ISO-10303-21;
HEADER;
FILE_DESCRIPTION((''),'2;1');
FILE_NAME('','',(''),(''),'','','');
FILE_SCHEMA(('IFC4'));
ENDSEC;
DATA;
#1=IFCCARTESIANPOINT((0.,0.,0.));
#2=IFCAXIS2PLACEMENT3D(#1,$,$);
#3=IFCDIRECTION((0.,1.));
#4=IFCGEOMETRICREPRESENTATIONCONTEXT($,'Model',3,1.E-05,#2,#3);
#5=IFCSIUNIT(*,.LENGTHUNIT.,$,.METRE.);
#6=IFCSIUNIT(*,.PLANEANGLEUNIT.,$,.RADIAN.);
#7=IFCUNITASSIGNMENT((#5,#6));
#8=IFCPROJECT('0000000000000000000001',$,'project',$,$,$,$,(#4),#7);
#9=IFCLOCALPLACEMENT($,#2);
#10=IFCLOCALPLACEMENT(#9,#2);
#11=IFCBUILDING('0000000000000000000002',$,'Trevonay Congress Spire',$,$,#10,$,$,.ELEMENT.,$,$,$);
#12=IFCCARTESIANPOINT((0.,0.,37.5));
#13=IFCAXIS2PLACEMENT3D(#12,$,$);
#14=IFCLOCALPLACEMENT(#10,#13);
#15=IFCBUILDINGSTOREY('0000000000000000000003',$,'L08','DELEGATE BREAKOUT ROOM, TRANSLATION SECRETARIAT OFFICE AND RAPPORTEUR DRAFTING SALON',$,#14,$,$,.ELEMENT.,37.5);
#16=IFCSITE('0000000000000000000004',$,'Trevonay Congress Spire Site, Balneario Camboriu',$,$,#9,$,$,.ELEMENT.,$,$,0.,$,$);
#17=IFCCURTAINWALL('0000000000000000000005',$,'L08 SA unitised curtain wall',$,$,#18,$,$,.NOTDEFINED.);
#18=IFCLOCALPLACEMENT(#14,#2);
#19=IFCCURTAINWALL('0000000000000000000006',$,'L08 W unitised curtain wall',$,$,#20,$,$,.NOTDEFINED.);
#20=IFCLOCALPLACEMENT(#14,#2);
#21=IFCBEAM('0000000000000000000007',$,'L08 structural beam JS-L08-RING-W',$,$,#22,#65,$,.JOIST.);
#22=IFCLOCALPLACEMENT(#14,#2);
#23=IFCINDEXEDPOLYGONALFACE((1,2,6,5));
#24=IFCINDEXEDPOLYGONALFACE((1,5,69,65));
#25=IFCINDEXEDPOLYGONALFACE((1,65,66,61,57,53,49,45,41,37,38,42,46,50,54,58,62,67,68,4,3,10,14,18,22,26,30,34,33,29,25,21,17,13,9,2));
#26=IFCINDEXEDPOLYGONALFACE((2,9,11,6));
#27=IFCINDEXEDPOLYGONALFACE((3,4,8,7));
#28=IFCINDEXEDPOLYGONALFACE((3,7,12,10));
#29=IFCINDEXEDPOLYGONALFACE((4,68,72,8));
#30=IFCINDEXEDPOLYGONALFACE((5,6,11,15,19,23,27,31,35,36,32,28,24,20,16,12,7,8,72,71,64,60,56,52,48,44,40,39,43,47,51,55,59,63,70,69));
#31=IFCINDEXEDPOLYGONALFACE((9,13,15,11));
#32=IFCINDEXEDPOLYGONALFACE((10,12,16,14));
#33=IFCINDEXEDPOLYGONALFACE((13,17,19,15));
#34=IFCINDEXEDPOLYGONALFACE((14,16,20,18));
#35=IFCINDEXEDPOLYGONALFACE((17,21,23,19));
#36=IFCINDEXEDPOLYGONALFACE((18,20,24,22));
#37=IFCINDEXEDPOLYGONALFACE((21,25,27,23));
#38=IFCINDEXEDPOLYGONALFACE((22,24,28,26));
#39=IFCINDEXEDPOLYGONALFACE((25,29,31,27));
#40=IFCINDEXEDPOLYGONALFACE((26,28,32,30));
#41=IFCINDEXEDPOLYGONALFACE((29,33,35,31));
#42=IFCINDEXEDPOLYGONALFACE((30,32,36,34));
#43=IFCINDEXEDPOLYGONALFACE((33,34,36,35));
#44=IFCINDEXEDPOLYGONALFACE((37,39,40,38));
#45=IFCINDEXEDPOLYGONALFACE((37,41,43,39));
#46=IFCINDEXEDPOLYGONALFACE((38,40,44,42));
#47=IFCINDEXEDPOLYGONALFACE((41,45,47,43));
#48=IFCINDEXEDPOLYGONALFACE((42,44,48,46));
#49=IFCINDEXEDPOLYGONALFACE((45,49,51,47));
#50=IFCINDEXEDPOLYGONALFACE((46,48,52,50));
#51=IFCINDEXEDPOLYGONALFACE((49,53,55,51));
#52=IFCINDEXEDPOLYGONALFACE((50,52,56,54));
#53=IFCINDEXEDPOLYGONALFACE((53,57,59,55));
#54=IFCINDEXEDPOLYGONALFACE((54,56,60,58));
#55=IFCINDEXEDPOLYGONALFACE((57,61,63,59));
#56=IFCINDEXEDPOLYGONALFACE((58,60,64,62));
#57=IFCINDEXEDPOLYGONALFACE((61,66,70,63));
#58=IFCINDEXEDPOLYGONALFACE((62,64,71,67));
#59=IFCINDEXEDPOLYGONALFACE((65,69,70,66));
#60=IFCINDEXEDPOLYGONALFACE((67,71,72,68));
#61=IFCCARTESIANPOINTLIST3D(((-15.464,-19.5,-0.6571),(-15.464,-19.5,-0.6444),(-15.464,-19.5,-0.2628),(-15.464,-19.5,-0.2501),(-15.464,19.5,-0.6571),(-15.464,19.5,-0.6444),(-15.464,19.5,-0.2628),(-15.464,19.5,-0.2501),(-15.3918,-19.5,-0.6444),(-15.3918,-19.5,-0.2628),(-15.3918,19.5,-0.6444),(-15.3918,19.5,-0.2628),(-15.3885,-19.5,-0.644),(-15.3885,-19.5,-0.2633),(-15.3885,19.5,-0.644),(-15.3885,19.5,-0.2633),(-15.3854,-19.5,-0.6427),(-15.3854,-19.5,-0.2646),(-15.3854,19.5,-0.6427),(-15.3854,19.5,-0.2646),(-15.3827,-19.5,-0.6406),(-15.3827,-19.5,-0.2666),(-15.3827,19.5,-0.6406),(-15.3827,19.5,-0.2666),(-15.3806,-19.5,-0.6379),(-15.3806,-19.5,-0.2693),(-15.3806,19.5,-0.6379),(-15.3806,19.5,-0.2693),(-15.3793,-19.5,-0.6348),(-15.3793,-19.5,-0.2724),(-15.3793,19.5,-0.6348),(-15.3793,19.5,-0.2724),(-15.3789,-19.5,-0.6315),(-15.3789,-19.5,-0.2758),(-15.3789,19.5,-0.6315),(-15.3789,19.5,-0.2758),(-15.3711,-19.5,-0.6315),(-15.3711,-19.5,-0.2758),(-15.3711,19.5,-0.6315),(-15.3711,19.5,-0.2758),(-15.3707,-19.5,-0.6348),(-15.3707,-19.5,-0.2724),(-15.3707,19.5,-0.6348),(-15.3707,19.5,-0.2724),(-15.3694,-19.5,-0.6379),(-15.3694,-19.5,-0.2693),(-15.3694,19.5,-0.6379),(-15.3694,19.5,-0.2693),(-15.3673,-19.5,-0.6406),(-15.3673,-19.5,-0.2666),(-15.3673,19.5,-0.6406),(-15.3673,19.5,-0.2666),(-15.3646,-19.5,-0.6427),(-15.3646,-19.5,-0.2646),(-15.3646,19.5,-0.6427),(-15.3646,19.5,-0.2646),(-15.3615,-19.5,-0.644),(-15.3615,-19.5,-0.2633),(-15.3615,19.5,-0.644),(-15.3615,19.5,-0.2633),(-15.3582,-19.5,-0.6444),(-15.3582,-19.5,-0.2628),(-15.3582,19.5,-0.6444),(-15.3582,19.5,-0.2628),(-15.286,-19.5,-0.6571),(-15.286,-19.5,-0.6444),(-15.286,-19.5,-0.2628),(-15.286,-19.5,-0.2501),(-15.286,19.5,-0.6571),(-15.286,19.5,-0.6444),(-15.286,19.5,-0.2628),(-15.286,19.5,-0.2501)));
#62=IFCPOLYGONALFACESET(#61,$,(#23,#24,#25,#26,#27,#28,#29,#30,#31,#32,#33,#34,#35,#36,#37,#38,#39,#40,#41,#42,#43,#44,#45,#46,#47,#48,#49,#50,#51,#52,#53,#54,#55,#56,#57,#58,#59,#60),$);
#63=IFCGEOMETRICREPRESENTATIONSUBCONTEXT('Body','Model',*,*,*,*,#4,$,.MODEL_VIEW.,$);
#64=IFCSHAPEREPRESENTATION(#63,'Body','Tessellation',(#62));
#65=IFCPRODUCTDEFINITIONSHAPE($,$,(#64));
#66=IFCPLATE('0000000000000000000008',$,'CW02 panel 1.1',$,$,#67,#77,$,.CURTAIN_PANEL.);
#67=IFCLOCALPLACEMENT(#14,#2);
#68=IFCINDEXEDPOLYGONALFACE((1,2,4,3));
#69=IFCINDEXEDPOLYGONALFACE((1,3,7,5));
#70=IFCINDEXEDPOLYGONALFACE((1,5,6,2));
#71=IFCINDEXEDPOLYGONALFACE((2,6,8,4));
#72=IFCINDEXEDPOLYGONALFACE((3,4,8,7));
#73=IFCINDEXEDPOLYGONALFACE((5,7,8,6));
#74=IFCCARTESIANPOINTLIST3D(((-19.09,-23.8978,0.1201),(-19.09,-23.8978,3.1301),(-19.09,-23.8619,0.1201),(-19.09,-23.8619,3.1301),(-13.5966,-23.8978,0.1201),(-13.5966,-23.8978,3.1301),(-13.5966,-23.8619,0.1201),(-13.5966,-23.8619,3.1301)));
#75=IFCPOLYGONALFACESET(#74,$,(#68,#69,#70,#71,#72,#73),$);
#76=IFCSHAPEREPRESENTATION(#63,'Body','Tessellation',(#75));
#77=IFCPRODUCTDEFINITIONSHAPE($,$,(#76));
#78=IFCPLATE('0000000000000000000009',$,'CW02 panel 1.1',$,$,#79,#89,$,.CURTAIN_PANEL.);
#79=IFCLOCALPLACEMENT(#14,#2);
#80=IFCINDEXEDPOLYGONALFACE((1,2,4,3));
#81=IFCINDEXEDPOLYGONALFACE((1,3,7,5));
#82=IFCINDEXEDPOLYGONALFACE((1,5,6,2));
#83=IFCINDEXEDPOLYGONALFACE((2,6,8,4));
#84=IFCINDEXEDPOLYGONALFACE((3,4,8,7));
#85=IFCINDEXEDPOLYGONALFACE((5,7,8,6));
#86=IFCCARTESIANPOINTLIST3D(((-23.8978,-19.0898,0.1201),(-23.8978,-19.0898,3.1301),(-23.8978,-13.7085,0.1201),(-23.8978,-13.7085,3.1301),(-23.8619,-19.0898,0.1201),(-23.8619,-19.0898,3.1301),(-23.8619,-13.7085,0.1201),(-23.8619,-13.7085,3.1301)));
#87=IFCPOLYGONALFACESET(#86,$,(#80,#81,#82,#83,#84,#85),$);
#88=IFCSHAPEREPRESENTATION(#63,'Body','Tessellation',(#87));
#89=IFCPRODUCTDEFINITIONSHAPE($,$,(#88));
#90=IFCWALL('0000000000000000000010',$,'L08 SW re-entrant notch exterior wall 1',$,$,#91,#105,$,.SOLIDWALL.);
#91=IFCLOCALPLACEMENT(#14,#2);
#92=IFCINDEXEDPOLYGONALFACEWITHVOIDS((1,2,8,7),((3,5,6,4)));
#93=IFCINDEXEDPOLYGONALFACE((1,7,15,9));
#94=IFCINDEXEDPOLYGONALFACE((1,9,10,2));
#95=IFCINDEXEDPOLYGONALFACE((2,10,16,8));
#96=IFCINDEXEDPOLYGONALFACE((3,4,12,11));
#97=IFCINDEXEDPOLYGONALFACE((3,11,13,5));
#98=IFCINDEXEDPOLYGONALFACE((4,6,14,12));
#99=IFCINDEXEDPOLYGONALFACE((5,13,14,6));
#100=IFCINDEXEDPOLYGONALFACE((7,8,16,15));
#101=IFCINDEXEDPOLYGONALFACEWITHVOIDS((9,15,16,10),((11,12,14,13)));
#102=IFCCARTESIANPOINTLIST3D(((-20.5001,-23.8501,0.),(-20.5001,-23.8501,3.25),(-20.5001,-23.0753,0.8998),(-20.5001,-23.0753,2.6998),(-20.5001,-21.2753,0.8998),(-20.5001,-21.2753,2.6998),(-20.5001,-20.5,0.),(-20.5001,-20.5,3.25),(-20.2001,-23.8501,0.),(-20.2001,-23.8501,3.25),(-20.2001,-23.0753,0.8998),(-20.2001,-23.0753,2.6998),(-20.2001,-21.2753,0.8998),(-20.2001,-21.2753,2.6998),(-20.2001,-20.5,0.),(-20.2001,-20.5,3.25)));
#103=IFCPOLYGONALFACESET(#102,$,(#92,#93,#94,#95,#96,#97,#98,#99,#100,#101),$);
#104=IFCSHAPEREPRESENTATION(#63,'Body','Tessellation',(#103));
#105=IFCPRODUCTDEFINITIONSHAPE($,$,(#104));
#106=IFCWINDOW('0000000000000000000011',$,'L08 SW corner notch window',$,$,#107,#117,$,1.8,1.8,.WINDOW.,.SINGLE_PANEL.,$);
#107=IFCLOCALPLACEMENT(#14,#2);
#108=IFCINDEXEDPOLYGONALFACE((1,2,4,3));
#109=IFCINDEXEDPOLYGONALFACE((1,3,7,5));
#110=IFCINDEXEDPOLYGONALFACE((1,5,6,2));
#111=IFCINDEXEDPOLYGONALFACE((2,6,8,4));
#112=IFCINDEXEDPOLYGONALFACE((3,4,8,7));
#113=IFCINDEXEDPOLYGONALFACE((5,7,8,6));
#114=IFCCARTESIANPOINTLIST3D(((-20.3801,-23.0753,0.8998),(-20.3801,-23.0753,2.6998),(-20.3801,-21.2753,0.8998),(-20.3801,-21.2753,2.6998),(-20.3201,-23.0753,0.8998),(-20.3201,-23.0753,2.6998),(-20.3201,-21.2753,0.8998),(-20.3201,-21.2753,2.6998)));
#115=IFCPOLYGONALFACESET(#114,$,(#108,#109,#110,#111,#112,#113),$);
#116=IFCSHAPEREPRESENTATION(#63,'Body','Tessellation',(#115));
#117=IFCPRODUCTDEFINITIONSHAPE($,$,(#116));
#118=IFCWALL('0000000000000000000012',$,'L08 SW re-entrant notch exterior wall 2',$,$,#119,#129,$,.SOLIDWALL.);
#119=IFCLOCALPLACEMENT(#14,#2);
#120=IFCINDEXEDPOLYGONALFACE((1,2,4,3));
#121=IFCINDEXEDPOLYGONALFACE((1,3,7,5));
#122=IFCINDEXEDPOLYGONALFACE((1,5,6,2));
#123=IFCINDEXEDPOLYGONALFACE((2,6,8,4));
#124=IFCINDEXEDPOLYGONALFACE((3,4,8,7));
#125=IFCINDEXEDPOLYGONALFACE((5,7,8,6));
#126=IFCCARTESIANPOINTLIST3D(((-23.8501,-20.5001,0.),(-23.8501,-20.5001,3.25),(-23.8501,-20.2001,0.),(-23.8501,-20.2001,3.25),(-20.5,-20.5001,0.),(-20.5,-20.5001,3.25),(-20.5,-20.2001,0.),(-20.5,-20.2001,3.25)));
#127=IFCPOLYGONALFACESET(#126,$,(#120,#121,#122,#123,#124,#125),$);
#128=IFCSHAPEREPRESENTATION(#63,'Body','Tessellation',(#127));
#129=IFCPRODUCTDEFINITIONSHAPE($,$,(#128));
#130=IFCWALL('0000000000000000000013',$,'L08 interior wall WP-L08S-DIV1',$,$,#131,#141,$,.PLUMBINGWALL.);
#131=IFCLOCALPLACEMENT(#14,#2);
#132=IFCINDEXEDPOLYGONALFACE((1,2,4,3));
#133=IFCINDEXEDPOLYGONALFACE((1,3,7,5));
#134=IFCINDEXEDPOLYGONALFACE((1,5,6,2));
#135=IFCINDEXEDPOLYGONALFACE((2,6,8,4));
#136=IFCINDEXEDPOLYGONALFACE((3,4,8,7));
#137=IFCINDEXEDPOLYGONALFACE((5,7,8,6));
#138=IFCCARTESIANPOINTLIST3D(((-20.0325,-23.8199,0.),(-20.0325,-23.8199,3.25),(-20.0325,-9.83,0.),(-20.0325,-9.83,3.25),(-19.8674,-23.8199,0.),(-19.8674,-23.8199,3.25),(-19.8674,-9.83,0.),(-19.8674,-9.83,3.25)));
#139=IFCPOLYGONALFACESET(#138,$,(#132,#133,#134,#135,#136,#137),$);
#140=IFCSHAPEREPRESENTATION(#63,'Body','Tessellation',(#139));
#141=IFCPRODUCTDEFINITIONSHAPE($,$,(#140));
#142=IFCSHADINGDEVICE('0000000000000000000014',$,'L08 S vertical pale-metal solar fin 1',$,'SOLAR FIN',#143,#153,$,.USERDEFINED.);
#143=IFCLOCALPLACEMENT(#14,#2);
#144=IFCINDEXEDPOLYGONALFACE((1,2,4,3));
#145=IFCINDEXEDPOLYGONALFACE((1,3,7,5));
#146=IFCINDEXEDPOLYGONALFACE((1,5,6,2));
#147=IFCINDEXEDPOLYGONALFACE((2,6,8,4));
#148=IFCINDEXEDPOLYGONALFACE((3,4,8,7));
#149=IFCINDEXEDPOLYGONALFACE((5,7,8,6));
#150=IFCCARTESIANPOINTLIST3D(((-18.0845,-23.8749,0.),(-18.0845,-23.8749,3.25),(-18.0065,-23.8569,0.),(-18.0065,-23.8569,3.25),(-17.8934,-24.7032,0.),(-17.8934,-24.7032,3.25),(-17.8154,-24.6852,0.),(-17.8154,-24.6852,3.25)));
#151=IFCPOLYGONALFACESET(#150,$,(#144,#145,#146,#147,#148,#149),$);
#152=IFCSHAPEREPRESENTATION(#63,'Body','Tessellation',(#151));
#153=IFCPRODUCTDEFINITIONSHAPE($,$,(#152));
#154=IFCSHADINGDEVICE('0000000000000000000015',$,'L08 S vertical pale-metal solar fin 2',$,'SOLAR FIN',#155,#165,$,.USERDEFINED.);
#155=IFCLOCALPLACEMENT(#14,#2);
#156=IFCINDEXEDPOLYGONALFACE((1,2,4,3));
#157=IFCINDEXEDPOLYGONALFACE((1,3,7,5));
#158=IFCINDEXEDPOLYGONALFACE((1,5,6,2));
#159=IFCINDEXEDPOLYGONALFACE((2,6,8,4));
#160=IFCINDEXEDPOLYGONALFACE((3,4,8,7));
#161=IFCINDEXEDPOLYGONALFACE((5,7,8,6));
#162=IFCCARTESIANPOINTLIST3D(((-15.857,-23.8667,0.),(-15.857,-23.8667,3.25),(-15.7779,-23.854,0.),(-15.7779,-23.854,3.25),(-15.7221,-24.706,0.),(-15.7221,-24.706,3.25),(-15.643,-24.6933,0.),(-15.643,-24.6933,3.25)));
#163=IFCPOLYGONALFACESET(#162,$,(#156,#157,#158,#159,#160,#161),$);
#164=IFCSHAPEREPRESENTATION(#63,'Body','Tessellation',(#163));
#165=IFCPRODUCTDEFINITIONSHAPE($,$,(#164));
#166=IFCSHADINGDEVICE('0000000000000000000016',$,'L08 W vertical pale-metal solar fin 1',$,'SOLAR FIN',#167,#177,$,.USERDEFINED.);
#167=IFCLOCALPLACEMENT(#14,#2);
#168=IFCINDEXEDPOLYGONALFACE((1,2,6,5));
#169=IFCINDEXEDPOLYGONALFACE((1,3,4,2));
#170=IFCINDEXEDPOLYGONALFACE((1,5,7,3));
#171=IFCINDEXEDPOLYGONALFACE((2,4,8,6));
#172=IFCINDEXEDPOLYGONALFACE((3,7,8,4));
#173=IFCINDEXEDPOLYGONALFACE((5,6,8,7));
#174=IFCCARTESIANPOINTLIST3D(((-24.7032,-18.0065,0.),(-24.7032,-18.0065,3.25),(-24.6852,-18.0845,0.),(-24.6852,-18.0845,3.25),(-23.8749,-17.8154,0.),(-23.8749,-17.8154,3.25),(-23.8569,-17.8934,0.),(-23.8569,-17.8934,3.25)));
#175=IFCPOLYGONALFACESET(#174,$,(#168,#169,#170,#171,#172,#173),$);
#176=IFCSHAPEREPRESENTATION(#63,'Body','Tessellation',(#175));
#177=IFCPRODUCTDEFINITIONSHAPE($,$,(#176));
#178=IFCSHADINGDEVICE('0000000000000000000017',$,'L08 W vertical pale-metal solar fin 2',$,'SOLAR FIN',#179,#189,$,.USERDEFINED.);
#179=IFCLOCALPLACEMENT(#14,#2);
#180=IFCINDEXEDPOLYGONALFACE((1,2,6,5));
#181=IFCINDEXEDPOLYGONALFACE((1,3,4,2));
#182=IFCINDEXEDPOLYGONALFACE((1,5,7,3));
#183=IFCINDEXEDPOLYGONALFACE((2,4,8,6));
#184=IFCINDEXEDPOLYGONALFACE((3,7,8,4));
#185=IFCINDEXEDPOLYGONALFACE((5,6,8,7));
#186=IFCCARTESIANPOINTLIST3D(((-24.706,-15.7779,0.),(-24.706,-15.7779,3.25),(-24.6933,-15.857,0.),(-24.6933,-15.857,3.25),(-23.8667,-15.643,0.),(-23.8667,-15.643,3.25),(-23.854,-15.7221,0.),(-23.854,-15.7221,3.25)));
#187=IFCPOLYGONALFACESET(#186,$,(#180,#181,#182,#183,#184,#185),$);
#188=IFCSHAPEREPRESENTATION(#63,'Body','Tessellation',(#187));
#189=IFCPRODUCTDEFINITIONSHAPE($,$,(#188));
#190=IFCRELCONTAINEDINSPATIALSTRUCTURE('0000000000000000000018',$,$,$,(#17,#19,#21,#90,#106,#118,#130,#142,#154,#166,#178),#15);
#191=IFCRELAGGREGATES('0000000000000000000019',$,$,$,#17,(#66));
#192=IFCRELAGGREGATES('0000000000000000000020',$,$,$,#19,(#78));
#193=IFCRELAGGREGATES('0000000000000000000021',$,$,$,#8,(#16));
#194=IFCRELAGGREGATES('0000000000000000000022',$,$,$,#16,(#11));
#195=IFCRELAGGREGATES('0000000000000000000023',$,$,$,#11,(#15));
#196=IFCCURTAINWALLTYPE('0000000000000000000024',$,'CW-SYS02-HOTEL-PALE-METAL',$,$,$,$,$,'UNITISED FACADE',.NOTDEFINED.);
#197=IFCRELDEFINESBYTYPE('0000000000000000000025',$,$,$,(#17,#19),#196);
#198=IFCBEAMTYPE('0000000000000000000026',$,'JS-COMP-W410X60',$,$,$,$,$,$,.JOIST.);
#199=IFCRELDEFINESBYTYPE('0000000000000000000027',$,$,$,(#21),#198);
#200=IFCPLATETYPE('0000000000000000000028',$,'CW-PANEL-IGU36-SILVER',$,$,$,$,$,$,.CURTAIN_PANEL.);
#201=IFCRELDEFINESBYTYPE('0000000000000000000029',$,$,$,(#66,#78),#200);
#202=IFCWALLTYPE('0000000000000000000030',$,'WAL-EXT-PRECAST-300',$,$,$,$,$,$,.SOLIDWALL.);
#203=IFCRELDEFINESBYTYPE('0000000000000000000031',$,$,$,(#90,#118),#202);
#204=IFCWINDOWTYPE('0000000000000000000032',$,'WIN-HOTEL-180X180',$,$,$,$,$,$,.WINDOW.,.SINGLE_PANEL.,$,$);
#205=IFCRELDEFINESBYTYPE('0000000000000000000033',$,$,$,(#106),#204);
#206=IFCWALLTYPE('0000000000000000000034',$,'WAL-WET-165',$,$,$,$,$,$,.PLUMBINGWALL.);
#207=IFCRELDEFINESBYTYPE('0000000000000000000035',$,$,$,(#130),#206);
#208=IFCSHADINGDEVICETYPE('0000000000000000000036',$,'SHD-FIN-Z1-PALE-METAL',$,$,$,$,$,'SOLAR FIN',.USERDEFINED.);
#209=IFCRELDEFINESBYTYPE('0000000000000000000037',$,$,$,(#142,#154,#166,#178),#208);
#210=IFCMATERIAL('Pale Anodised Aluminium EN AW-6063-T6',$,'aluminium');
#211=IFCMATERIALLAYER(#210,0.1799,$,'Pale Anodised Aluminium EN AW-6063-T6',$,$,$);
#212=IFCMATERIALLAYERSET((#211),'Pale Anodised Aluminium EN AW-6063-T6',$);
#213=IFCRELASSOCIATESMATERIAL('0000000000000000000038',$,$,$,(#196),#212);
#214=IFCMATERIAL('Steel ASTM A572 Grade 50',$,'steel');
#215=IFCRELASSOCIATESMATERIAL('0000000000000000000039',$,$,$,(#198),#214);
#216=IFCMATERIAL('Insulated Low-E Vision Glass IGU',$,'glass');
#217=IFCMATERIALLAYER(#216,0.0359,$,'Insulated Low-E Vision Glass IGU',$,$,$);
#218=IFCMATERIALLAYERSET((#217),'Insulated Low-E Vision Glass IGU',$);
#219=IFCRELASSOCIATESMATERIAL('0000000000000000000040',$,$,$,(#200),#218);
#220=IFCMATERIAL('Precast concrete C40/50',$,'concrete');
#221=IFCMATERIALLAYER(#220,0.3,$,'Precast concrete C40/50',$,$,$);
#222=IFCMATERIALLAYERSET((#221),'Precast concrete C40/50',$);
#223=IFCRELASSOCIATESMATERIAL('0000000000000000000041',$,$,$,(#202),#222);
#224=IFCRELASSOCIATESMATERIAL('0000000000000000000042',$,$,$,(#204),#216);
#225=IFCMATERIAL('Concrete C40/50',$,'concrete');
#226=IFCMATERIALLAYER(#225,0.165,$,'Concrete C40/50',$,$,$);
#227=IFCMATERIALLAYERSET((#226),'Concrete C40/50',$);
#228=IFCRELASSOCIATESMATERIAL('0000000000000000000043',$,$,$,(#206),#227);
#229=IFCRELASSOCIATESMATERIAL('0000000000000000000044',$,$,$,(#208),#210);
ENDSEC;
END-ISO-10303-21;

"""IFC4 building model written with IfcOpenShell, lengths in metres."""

from ifc_helpers import new_model, si_unit, direction, frame, frame_2d, origin, origin_2d, place, context, subcontext, project, spatial, rectangle, i_section, extrude, material, layer, layer_set, material_profile, profile_set, type_object, element, fill, aggregate, save


model = new_model("IFC4")

# Units and contexts
model_context = context("Model", 3, precision=1e-05, world=origin(), true_north=direction((0.0, 1.0)))
body_context = subcontext(model_context, "Body", "Model", "MODEL_VIEW")
ifc_project = project(units=[si_unit("LENGTHUNIT", "METRE"), si_unit("PLANEANGLEUNIT", "RADIAN")], contexts=[model_context])

# Site, building, storey
site_placement = place(None, origin())
site = spatial("IfcSite", under=ifc_project, at=site_placement, Name="Trevonay Congress Spire Site, Balneario Camboriu", CompositionType="ELEMENT", RefElevation=0.0)
building_placement = place(site_placement, origin())
building = spatial("IfcBuilding", under=site, at=building_placement, Name="Trevonay Congress Spire", CompositionType="ELEMENT")
storey_placement = place(building_placement, frame((0.0, 0.0, 37.5)))
storey = spatial("IfcBuildingStorey", under=building, at=storey_placement, Name="L08", Description="DELEGATE BREAKOUT ROOM, TRANSLATION SECRETARIAT OFFICE AND RAPPORTEUR DRAFTING SALON", CompositionType="ELEMENT", Elevation=37.5)

# Shared definitions
ifc_material_1 = material(Name="Steel ASTM A572 Grade 50", Category="steel")

# Curtain wall
ifc_material_2 = material(Name="Pale Anodised Aluminium EN AW-6063-T6", Category="aluminium")
ifc_layer_1 = layer(ifc_material_2, 0.1799, Name="Pale Anodised Aluminium EN AW-6063-T6")
ifc_layer_set_1 = layer_set([ifc_layer_1], Name="Pale Anodised Aluminium EN AW-6063-T6")
curtain_wall_type = type_object("IfcCurtainWallType", Name="CW-SYS02-HOTEL-PALE-METAL", ElementType="UNITISED FACADE", PredefinedType="NOTDEFINED", material=ifc_layer_set_1)
curtain_wall_1_placement = place(storey_placement, origin())
curtain_wall_1 = element("IfcCurtainWall", 1, at=curtain_wall_1_placement, inside=storey, type_object=curtain_wall_type, Name="L08 SA unitised curtain wall", PredefinedType="NOTDEFINED")

# Curtain wall
curtain_wall_2_placement = place(storey_placement, origin())
curtain_wall_2 = element("IfcCurtainWall", 2, at=curtain_wall_2_placement, inside=storey, type_object=curtain_wall_type, Name="L08 W unitised curtain wall", PredefinedType="NOTDEFINED")

# Beam
ifc_material_profile_1 = material_profile(ifc_material_1, i_section(OverallWidth=0.178, OverallDepth=0.407, WebThickness=0.0078, FlangeThickness=0.0127, FilletRadius=0.0129, at=origin_2d()), Name="W410x60")
ifc_profile_set_1 = profile_set([ifc_material_profile_1], Name="Steel ASTM A572 Grade 50")
beam_type_1 = type_object("IfcBeamType", Name="JS-COMP-W410X60", PredefinedType="JOIST", material=ifc_profile_set_1)
for number, where, z_axis, x_axis, name in (
    (3, (-15.375, -19.5, -0.4536), (0.0, 1.0, 0.0), (-1.0, 0.0, 0.0), "L08 structural beam JS-L08-RING-W"),
):
    element("IfcBeam", number, at=place(storey_placement, frame(where, z_axis=z_axis, x_axis=x_axis)), inside=storey, type_object=beam_type_1, Name=name, PredefinedType="JOIST", context=body_context, shape_type="SweptSolid", body=[
        extrude(i_section(OverallWidth=0.178, OverallDepth=0.407, WebThickness=0.0078, FlangeThickness=0.0127, FilletRadius=0.0129, at=origin_2d()), origin(), (0.0, 0.0, 1.0), 39.0),
    ])

# Plates
ifc_material_3 = material(Name="Insulated Low-E Vision Glass IGU", Category="glass")
ifc_layer_2 = layer(ifc_material_3, 0.0359, Name="Insulated Low-E Vision Glass IGU")
ifc_layer_set_2 = layer_set([ifc_layer_2], Name="Insulated Low-E Vision Glass IGU")
plate_type = type_object("IfcPlateType", Name="CW-PANEL-IGU36-SILVER", PredefinedType="CURTAIN_PANEL", material=ifc_layer_set_2)
plate_1_placement = place(storey_placement, frame((-16.3433, -23.8799, 0.1201), z_axis=(0.0, 0.0, 1.0), x_axis=(1.0, 0.0, 0.0)))
plate_1 = element("IfcPlate", 4, at=plate_1_placement, type_object=plate_type, Name="CW02 panel 1.1", PredefinedType="CURTAIN_PANEL", context=body_context, shape_type="SweptSolid", body=[
    extrude(rectangle(XDim=5.4934, YDim=0.0359, at=origin_2d()), origin(), (0.0, 0.0, 1.0), 3.01),
])
aggregate(curtain_wall_1, [plate_1])
plate_2_placement = place(storey_placement, frame((-23.8799, -16.3992, 0.1201), z_axis=(0.0, 0.0, 1.0), x_axis=(0.0, 1.0, 0.0)))
plate_2 = element("IfcPlate", 5, at=plate_2_placement, type_object=plate_type, Name="CW02 panel 1.1", PredefinedType="CURTAIN_PANEL", context=body_context, shape_type="SweptSolid", body=[
    extrude(rectangle(XDim=5.3813, YDim=0.0359, at=origin_2d()), origin(), (0.0, 0.0, 1.0), 3.01),
])
aggregate(curtain_wall_2, [plate_2])

# Wall, opening, window
ifc_material_4 = material(Name="Precast concrete C40/50", Category="concrete")
ifc_layer_3 = layer(ifc_material_4, 0.3, Name="Precast concrete C40/50")
ifc_layer_set_3 = layer_set([ifc_layer_3], Name="Precast concrete C40/50")
wall_type_1 = type_object("IfcWallType", Name="WAL-EXT-PRECAST-300", PredefinedType="SOLIDWALL", material=ifc_layer_set_3)
wall_1_placement = place(storey_placement, frame((-20.3501, -23.8501, 0.0), z_axis=(0.0, 0.0, 1.0), x_axis=(0.0, 1.0, 0.0)))
wall_1 = element("IfcWall", 6, at=wall_1_placement, inside=storey, type_object=wall_type_1, Name="L08 SW re-entrant notch exterior wall 1", PredefinedType="SOLIDWALL", context=body_context, shape_type="SweptSolid", body=[
    extrude(rectangle(XDim=3.3501, YDim=0.3, at=frame_2d((1.675, 0.0))), origin(), (0.0, 0.0, 1.0), 3.25),
])
opening_placement = place(wall_1_placement, frame((0.7749, 0.0, 0.8999)))
opening = element("IfcOpeningElement", 7, at=opening_placement, cuts=wall_1, PredefinedType="OPENING", context=body_context, shape_type="SweptSolid", body=[
    extrude(rectangle(XDim=1.8, YDim=1.8, at=frame_2d((0.8999, 0.8999))), frame((0.0, 0.1602, 0.0), z_axis=(0.0, -1.0, 0.0), x_axis=(1.0, 0.0, 0.0)), (0.0, 0.0, 1.0), 0.3201),
])
window_type = type_object("IfcWindowType", Name="WIN-HOTEL-180X180", PartitioningType="SINGLE_PANEL", PredefinedType="WINDOW", material=ifc_material_3)
window_placement = place(opening_placement, origin())
window = element("IfcWindow", 8, at=window_placement, inside=storey, type_object=window_type, Name="L08 SW corner notch window", OverallHeight=1.8, OverallWidth=1.8, PartitioningType="SINGLE_PANEL", PredefinedType="WINDOW", context=body_context, shape_type="SweptSolid", body=[
    extrude(rectangle(XDim=1.8, YDim=1.8, at=frame_2d((0.8999, 0.8999))), frame((0.0, 0.03, 0.0), z_axis=(0.0, -1.0, 0.0), x_axis=(1.0, 0.0, 0.0)), (0.0, 0.0, 1.0), 0.0601),
])
fill(opening, window)

# Walls
wall_2_placement = place(storey_placement, frame((-23.8501, -20.3501, 0.0), z_axis=(0.0, 0.0, 1.0), x_axis=(1.0, 0.0, 0.0)))
element("IfcWall", 9, at=wall_2_placement, inside=storey, type_object=wall_type_1, Name="L08 SW re-entrant notch exterior wall 2", PredefinedType="SOLIDWALL", context=body_context, shape_type="SweptSolid", body=[
    extrude(rectangle(XDim=3.3501, YDim=0.3, at=frame_2d((1.675, 0.0))), origin(), (0.0, 0.0, 1.0), 3.25),
])
ifc_material_5 = material(Name="Concrete C40/50", Category="concrete")
ifc_layer_4 = layer(ifc_material_5, 0.165, Name="Concrete C40/50")
ifc_layer_set_4 = layer_set([ifc_layer_4], Name="Concrete C40/50")
wall_type_2 = type_object("IfcWallType", Name="WAL-WET-165", PredefinedType="PLUMBINGWALL", material=ifc_layer_set_4)
wall_3_placement = place(storey_placement, frame((-19.95, -23.8201, 0.0), z_axis=(0.0, 0.0, 1.0), x_axis=(0.0, 1.0, 0.0)))
element("IfcWall", 10, at=wall_3_placement, inside=storey, type_object=wall_type_2, Name="L08 interior wall WP-L08S-DIV1", PredefinedType="PLUMBINGWALL", context=body_context, shape_type="SweptSolid", body=[
    extrude(rectangle(XDim=13.99, YDim=0.165, at=frame_2d((6.9951, 0.0))), origin(), (0.0, 0.0, 1.0), 3.25),
])

# Shading devices
shading_device_type = type_object("IfcShadingDeviceType", Name="SHD-FIN-Z1-PALE-METAL", ElementType="SOLAR FIN", PredefinedType="USERDEFINED", material=ifc_material_2)
for number, where, z_axis, x_axis, name in (
    (11, (-17.95, -24.28, 0.0), (0.0, 0.0, 1.0), (0.974409, 0.224781, 0.0), "L08 S vertical pale-metal solar fin 1"),
    (12, (-15.75, -24.28, 0.0), (0.0, 0.0, 1.0), (0.987331, 0.158675, 0.0), "L08 S vertical pale-metal solar fin 2"),
    (13, (-24.28, -17.95, 0.0), (0.0, 0.0, 1.0), (-0.224781, 0.974409, 0.0), "L08 W vertical pale-metal solar fin 1"),
    (14, (-24.28, -15.75, 0.0), (0.0, 0.0, 1.0), (-0.158675, 0.987331, 0.0), "L08 W vertical pale-metal solar fin 2"),
):
    element("IfcShadingDevice", number, at=place(storey_placement, frame(where, z_axis=z_axis, x_axis=x_axis)), inside=storey, type_object=shading_device_type, Name=name, ObjectType="SOLAR FIN", PredefinedType="USERDEFINED", context=body_context, shape_type="SweptSolid", body=[
        extrude(rectangle(XDim=0.0801, YDim=0.8501, at=origin_2d()), origin(), (0.0, 0.0, 1.0), 3.25),
    ])

save(model, "model.ifc")
